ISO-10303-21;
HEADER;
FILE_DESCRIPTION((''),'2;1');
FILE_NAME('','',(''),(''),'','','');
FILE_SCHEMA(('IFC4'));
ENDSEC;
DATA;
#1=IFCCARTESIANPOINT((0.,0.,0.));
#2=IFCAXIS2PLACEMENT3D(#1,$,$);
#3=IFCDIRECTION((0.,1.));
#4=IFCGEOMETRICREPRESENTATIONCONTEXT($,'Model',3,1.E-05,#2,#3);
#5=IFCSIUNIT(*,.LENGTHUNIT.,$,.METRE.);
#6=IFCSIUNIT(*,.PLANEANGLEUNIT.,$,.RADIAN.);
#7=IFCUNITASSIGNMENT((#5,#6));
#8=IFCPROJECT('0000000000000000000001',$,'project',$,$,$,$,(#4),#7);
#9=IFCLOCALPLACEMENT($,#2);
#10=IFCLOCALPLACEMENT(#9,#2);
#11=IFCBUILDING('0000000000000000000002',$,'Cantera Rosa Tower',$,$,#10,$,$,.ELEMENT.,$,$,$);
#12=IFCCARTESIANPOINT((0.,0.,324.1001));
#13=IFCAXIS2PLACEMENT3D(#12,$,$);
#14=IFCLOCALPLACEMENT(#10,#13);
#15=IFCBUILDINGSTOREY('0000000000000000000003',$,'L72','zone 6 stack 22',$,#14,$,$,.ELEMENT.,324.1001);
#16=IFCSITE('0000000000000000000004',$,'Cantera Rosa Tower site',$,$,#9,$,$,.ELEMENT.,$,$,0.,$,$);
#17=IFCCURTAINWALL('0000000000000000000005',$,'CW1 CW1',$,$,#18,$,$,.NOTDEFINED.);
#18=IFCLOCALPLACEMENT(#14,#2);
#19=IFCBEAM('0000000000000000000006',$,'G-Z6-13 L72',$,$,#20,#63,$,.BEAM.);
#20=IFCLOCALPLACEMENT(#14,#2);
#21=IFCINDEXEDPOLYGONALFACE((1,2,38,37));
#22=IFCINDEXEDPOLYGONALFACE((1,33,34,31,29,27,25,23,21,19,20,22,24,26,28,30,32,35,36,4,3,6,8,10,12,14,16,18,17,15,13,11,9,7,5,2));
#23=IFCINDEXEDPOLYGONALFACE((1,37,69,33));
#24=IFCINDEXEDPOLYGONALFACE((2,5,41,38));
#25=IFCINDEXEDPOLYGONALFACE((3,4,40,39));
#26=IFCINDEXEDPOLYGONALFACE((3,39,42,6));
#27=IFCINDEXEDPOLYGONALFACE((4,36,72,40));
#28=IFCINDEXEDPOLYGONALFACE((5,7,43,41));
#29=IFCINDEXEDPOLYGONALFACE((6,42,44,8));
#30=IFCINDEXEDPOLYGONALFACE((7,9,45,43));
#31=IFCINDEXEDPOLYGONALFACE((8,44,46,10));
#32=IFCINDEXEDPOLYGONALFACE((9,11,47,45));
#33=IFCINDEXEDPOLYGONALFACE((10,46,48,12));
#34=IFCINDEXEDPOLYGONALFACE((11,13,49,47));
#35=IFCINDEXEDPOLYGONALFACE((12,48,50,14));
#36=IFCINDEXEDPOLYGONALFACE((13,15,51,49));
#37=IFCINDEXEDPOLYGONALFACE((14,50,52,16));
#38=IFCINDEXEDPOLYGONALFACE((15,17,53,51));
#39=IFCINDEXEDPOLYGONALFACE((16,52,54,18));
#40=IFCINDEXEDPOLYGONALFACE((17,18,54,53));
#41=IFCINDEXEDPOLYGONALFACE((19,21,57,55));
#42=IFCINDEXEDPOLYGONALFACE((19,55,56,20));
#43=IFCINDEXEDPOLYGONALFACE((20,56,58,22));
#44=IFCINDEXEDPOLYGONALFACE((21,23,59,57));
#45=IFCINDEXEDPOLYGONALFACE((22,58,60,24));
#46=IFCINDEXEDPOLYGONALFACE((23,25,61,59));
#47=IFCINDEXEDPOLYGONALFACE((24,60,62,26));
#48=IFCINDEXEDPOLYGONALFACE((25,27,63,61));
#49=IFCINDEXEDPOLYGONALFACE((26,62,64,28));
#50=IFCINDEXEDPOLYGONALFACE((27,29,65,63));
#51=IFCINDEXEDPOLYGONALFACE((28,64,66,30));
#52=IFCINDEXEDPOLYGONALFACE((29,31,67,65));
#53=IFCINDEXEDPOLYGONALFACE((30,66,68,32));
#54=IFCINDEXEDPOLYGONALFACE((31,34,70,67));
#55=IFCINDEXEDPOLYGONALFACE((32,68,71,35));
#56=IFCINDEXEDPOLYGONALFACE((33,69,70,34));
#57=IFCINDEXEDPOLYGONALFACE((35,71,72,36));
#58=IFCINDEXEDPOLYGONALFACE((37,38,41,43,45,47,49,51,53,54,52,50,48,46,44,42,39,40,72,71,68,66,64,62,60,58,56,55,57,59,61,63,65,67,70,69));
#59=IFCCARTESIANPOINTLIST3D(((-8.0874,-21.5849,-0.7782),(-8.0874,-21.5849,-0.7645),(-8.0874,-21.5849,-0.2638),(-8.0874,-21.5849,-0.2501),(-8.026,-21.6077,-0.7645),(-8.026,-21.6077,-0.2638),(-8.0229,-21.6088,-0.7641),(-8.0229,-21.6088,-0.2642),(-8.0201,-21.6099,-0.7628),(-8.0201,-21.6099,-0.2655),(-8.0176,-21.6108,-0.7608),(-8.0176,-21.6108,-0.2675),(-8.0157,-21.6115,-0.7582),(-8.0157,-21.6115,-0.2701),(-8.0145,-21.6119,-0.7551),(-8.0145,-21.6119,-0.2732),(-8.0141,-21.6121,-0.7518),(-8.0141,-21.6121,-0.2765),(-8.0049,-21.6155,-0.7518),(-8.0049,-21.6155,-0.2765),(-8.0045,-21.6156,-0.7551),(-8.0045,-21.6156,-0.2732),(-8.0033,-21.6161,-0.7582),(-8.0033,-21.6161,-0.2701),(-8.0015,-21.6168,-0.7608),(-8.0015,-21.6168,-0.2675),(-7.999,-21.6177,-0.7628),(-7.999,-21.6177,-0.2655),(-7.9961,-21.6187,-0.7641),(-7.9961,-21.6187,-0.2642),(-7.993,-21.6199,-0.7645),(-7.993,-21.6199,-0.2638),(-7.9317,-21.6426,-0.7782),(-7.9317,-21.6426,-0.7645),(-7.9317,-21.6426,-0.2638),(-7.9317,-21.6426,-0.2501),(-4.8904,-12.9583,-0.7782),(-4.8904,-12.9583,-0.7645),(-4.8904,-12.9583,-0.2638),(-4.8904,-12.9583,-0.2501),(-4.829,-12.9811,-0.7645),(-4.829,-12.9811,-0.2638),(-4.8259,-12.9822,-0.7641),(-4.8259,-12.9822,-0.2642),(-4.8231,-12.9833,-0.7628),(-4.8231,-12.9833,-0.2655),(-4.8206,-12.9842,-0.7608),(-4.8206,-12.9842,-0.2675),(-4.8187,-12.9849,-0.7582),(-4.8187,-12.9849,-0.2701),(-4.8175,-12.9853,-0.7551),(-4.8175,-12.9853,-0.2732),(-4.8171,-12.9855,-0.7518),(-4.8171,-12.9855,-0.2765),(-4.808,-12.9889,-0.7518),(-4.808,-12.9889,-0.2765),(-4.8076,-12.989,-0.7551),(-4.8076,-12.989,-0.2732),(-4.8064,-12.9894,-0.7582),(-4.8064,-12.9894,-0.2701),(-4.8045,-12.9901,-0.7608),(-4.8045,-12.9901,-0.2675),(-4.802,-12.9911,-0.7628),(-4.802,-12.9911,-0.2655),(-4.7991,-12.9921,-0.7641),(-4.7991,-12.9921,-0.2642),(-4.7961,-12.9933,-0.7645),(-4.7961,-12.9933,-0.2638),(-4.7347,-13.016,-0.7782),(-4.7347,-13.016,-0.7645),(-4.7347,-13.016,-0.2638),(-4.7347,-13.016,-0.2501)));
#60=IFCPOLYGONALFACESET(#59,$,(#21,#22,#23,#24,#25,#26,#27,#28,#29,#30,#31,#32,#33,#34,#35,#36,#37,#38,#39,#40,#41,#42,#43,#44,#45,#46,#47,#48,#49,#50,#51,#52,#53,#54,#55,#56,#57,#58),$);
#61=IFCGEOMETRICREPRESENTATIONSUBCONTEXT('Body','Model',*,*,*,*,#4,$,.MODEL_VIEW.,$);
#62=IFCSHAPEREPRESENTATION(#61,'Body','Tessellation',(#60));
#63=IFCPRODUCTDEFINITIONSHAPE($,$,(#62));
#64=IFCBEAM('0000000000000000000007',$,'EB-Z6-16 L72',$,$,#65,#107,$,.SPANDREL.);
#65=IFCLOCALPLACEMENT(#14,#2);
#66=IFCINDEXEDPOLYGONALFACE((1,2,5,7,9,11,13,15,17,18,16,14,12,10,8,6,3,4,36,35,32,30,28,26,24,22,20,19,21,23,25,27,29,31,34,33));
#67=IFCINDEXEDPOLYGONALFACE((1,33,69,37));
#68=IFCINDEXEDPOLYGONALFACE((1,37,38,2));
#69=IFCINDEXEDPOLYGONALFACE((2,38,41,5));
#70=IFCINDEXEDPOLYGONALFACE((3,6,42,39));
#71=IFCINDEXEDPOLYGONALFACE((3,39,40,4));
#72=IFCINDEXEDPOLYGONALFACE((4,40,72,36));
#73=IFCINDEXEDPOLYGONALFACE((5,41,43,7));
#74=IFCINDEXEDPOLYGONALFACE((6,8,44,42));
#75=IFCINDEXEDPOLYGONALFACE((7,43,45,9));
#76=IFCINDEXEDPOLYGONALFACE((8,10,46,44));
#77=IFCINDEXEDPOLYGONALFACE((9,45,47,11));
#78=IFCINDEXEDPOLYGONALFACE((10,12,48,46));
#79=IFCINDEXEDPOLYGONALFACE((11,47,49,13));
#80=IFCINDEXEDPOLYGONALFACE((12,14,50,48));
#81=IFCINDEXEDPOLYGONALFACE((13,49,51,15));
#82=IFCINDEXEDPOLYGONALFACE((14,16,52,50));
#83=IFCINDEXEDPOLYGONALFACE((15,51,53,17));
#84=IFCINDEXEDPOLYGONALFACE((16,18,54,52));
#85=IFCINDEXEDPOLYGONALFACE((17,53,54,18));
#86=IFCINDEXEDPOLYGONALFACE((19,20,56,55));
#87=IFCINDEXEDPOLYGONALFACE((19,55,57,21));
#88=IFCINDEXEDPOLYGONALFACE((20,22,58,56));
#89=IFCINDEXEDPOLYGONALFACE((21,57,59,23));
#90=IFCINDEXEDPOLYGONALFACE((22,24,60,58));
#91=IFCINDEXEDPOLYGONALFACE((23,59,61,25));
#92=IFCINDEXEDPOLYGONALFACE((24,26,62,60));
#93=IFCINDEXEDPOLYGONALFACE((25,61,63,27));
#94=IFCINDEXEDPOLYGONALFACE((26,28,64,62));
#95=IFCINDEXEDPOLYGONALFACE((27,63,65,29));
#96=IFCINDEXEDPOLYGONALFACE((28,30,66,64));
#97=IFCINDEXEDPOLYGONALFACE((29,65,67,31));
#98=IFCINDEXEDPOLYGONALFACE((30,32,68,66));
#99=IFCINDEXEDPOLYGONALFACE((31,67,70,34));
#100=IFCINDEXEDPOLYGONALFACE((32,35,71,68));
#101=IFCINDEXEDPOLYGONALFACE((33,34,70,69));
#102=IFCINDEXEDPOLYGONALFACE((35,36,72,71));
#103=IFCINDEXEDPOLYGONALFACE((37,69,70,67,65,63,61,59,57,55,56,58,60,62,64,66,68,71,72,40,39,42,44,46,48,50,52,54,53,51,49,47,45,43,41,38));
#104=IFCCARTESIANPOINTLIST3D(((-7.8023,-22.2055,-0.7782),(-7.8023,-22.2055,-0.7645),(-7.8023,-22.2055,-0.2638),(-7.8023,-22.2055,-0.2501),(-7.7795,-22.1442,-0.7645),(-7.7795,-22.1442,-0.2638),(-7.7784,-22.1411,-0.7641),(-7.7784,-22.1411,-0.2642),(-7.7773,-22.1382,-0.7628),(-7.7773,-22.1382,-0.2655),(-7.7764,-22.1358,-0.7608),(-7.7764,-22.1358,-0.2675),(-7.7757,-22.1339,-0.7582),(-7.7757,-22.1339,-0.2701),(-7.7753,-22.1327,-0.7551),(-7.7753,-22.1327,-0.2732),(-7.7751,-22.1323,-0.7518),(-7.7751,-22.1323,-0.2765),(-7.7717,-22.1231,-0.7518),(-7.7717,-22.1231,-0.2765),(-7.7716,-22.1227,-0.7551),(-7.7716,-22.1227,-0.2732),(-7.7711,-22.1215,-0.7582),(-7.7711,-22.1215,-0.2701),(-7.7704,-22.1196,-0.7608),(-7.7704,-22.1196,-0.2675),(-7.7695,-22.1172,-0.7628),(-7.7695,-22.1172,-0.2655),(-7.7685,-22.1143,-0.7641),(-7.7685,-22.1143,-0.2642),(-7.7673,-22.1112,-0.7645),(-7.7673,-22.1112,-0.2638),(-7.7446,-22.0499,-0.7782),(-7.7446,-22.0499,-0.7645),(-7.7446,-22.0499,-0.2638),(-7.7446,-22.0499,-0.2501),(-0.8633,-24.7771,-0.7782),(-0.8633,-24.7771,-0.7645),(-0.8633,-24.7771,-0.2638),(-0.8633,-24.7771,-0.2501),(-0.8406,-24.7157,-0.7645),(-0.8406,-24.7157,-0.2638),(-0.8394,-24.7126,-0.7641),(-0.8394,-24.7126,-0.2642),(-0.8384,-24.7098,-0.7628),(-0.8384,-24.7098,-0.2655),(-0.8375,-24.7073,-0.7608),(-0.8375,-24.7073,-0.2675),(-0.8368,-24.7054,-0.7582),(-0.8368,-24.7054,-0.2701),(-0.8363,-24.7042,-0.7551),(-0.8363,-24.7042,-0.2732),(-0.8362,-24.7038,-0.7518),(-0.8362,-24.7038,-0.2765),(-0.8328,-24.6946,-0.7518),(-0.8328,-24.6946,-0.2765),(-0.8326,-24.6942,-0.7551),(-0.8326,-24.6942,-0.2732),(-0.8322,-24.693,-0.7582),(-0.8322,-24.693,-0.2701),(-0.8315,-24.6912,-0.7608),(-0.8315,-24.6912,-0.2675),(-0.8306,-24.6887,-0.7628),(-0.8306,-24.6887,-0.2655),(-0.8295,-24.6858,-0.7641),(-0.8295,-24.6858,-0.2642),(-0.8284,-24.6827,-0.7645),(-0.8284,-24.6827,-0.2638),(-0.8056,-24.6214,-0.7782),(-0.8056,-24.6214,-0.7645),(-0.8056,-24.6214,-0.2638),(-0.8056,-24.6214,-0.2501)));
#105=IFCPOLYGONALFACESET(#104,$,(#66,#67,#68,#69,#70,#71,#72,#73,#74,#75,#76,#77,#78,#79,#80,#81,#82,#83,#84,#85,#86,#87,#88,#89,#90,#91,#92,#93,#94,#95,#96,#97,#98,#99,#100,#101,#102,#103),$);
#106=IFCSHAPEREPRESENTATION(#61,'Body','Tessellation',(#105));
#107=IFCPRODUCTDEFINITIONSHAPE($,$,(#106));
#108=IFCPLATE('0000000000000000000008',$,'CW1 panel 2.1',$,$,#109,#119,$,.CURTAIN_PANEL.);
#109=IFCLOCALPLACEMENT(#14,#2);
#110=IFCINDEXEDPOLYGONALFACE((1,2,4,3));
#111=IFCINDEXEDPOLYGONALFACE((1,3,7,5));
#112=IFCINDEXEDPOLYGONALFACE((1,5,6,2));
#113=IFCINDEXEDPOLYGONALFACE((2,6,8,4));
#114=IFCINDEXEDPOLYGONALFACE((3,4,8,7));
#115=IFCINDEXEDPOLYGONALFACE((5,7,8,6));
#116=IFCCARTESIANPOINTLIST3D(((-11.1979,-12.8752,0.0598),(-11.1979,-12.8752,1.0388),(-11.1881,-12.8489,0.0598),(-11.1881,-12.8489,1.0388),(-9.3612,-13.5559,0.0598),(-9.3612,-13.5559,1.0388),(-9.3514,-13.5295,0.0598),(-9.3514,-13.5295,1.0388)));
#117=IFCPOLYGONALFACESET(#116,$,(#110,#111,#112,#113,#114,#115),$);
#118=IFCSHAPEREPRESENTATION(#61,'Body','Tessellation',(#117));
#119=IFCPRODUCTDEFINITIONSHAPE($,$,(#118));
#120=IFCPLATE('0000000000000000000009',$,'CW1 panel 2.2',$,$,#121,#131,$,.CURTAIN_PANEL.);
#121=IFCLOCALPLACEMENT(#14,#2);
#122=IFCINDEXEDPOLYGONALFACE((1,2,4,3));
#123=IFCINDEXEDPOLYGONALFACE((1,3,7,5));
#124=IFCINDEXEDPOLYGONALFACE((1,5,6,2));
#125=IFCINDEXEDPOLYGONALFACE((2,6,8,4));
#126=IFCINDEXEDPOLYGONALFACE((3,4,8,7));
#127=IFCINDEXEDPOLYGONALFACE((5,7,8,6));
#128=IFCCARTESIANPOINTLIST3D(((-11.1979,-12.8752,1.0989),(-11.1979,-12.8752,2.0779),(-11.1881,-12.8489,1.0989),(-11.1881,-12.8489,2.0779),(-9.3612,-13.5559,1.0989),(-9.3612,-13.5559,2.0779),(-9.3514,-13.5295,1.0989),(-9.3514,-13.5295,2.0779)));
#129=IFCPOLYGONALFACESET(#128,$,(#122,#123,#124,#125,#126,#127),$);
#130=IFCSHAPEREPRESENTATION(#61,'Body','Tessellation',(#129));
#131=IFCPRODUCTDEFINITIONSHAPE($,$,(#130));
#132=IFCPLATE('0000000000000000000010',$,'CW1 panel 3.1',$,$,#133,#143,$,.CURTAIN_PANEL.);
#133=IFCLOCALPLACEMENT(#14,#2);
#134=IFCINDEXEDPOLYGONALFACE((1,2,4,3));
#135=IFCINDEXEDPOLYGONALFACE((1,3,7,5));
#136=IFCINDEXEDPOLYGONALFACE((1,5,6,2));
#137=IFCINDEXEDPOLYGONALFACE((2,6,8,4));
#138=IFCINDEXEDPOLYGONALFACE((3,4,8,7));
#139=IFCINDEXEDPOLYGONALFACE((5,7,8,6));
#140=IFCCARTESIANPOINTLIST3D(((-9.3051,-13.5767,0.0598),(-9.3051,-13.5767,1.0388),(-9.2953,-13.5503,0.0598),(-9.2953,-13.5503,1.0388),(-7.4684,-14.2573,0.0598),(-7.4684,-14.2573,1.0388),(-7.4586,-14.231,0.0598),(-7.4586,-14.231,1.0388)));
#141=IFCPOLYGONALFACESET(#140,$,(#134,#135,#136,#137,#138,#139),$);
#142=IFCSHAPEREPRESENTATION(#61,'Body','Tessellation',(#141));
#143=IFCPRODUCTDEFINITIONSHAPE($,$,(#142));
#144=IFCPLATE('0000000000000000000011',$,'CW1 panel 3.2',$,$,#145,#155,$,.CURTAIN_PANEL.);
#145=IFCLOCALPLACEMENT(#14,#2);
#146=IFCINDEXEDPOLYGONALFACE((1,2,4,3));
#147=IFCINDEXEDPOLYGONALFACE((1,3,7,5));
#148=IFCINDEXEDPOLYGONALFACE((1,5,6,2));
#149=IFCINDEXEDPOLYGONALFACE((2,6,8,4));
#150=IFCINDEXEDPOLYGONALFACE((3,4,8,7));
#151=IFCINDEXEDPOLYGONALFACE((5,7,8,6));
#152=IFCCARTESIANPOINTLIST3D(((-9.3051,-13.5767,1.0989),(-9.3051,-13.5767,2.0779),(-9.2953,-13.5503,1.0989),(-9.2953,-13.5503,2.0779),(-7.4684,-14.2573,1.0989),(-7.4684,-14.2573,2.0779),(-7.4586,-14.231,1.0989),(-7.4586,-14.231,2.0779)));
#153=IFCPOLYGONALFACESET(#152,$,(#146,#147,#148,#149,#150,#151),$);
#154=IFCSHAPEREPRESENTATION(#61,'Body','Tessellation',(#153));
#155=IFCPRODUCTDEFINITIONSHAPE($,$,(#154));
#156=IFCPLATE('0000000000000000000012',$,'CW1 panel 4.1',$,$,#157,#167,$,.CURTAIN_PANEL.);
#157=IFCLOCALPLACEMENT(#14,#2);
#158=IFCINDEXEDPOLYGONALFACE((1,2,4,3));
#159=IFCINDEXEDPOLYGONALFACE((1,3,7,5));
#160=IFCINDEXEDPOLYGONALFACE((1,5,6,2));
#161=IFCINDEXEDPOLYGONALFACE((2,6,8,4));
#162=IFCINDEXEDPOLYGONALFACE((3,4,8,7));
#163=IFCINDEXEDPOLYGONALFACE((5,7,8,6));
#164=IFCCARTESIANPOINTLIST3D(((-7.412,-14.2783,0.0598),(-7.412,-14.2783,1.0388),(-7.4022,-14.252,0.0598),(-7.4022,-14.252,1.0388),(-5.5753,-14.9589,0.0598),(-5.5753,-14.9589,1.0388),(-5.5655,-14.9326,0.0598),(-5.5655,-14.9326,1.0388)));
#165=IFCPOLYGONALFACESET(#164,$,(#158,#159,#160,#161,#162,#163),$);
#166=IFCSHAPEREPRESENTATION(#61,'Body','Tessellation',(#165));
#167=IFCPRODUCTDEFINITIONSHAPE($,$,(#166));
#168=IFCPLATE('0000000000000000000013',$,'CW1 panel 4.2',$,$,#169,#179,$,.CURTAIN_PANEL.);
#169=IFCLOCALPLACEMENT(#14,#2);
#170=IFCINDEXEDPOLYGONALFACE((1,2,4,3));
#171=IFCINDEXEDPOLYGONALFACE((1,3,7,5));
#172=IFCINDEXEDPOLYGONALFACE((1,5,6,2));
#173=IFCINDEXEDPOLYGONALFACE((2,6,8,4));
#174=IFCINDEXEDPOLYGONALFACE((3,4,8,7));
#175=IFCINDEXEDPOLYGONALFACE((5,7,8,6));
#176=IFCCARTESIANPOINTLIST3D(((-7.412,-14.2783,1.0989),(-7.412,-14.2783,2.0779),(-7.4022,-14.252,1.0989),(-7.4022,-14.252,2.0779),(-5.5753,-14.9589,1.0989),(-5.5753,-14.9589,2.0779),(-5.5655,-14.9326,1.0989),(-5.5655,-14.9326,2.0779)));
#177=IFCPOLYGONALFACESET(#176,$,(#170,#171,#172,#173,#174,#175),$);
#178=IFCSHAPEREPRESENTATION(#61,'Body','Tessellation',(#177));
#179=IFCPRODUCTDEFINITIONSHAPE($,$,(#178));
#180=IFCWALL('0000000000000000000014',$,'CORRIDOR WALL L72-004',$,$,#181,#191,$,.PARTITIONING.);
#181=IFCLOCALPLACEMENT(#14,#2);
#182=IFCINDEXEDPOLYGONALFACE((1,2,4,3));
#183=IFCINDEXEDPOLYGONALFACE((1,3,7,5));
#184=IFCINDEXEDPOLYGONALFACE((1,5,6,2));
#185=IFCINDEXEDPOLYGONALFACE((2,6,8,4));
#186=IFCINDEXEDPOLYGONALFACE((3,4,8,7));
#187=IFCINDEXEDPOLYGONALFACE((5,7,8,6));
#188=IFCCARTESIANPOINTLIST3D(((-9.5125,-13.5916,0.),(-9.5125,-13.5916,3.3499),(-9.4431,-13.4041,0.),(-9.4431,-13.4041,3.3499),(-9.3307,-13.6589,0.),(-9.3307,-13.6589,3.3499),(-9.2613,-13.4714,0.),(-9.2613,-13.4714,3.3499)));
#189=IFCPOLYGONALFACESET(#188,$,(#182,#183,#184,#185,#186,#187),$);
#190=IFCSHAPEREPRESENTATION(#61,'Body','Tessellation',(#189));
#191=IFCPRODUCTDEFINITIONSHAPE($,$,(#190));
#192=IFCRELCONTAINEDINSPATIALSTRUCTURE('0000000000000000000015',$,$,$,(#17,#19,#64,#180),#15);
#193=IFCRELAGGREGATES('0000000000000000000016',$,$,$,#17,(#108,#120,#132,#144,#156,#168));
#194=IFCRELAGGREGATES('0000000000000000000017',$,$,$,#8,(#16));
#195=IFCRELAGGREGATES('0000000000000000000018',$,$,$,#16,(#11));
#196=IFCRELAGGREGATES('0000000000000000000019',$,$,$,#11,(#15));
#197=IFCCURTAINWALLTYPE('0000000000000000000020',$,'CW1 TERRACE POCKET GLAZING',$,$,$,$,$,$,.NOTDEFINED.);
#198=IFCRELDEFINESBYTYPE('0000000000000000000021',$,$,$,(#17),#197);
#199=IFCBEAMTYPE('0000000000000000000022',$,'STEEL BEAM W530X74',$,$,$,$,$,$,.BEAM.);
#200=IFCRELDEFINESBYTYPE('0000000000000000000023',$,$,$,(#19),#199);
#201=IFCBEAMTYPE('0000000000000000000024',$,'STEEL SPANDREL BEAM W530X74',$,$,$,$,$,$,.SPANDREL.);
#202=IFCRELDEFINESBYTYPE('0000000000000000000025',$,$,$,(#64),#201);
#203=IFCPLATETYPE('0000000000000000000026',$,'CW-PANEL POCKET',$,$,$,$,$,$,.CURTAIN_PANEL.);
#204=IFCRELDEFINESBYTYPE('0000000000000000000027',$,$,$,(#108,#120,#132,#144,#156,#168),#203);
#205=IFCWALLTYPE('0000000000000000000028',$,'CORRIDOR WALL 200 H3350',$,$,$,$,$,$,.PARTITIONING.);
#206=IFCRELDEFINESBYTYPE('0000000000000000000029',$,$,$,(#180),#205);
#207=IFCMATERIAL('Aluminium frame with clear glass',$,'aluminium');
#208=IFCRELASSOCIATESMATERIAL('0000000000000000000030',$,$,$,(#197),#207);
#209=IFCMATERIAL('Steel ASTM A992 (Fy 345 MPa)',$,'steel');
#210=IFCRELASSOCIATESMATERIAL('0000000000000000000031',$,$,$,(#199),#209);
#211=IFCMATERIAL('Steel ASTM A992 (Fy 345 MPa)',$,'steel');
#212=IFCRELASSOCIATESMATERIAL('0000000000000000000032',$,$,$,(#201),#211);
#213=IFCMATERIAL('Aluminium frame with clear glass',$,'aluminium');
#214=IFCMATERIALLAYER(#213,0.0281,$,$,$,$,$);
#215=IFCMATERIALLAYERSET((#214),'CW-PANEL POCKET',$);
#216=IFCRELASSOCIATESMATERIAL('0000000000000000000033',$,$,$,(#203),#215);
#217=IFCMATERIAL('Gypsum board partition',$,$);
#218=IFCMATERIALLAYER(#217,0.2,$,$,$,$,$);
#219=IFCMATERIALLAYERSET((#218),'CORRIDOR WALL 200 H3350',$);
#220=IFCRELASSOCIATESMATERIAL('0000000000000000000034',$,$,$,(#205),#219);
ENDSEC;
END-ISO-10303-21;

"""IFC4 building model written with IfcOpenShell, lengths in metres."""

from ifc_helpers import new_model, si_unit, direction, frame, frame_2d, origin, origin_2d, place, context, subcontext, project, spatial, rectangle, i_section, extrude, material, layer, layer_set, material_profile, profile_set, type_object, element, aggregate, save


model = new_model("IFC4")

# Units and contexts
model_context = context("Model", 3, precision=1e-05, world=origin(), true_north=direction((0.0, 1.0)))
body_context = subcontext(model_context, "Body", "Model", "MODEL_VIEW")
ifc_project = project(units=[si_unit("LENGTHUNIT", "METRE"), si_unit("PLANEANGLEUNIT", "RADIAN")], contexts=[model_context])

# Site, building, storey
site_placement = place(None, origin())
site = spatial("IfcSite", under=ifc_project, at=site_placement, Name="Cantera Rosa Tower site", CompositionType="ELEMENT", RefElevation=0.0)
building_placement = place(site_placement, origin())
building = spatial("IfcBuilding", under=site, at=building_placement, Name="Cantera Rosa Tower", CompositionType="ELEMENT")
storey_placement = place(building_placement, frame((0.0, 0.0, 324.1001)))
storey = spatial("IfcBuildingStorey", under=building, at=storey_placement, Name="L72", Description="zone 6 stack 22", CompositionType="ELEMENT", Elevation=324.1001)

# Curtain wall
ifc_material_1 = material(Name="Aluminium frame with clear glass", Category="aluminium")
curtain_wall_type = type_object("IfcCurtainWallType", Name="CW1 TERRACE POCKET GLAZING", PredefinedType="NOTDEFINED", material=ifc_material_1)
curtain_wall_placement = place(storey_placement, origin())
curtain_wall = element("IfcCurtainWall", 1, at=curtain_wall_placement, inside=storey, type_object=curtain_wall_type, Name="CW1 CW1", PredefinedType="NOTDEFINED")

# Beams
ifc_material_2 = material(Name="Steel ASTM A992 (Fy 345 MPa)", Category="steel")
ifc_material_profile_1 = material_profile(ifc_material_2, i_section(OverallWidth=0.166, OverallDepth=0.5281, WebThickness=0.0098, FlangeThickness=0.0137, FilletRadius=0.0127, at=origin_2d()), Name="W530X74")
ifc_profile_set_1 = profile_set([ifc_material_profile_1], Name="Steel ASTM A992 (Fy 345 MPa)")
beam_type_1 = type_object("IfcBeamType", Name="STEEL BEAM W530X74", PredefinedType="BEAM", material=ifc_profile_set_1)
beam_1_placement = place(storey_placement, frame((-8.0095, -21.6138, -0.5142), z_axis=(0.3475, 0.93768, 0.0), x_axis=(-0.93768, 0.3475, 0.0)))
element("IfcBeam", 2, at=beam_1_placement, inside=storey, type_object=beam_type_1, Name="G-Z6-13 L72", PredefinedType="BEAM", context=body_context, shape_type="SweptSolid", body=[
    extrude(i_section(OverallWidth=0.166, OverallDepth=0.5281, WebThickness=0.0098, FlangeThickness=0.0137, FilletRadius=0.0127, at=origin_2d()), origin(), (0.0, 0.0, 1.0), 9.2),
])
ifc_material_3 = material(Name="Steel ASTM A992 (Fy 345 MPa)", Category="steel")
ifc_material_profile_2 = material_profile(ifc_material_3, i_section(OverallWidth=0.166, OverallDepth=0.5281, WebThickness=0.0098, FlangeThickness=0.0137, FilletRadius=0.0127, at=origin_2d()), Name="W530X74")
ifc_profile_set_2 = profile_set([ifc_material_profile_2], Name="Steel ASTM A992 (Fy 345 MPa)")
beam_type_2 = type_object("IfcBeamType", Name="STEEL SPANDREL BEAM W530X74", PredefinedType="SPANDREL", material=ifc_profile_set_2)
beam_2_placement = place(storey_placement, frame((-7.7734, -22.1277, -0.5142), z_axis=(0.937681, -0.347498, 0.0), x_axis=(0.347498, 0.937681, 0.0)))
element("IfcBeam", 3, at=beam_2_placement, inside=storey, type_object=beam_type_2, Name="EB-Z6-16 L72", PredefinedType="SPANDREL", context=body_context, shape_type="SweptSolid", body=[
    extrude(i_section(OverallWidth=0.166, OverallDepth=0.5281, WebThickness=0.0098, FlangeThickness=0.0137, FilletRadius=0.0127, at=origin_2d()), origin(), (0.0, 0.0, 1.0), 7.4001),
])

# Plates
ifc_material_4 = material(Name="Aluminium frame with clear glass", Category="aluminium")
ifc_layer_1 = layer(ifc_material_4, 0.0281)
ifc_layer_set_1 = layer_set([ifc_layer_1], Name="CW-PANEL POCKET")
plate_type = type_object("IfcPlateType", Name="CW-PANEL POCKET", PredefinedType="CURTAIN_PANEL", material=ifc_layer_set_1)
plate_1_placement = place(storey_placement, frame((-10.2747, -13.2024, 0.0598), z_axis=(0.0, 0.0, 1.0), x_axis=(0.937687, -0.347481, 0.0)))
plate_1 = element("IfcPlate", 4, at=plate_1_placement, type_object=plate_type, Name="CW1 panel 2.1", PredefinedType="CURTAIN_PANEL", context=body_context, shape_type="SweptSolid", body=[
    extrude(rectangle(XDim=1.9587, YDim=0.0281, at=origin_2d()), origin(), (0.0, 0.0, 1.0), 0.979),
])
plate_2_placement = place(storey_placement, frame((-10.2747, -13.2024, 1.0989), z_axis=(0.0, 0.0, 1.0), x_axis=(0.937687, -0.347481, 0.0)))
plate_2 = element("IfcPlate", 5, at=plate_2_placement, type_object=plate_type, Name="CW1 panel 2.2", PredefinedType="CURTAIN_PANEL", context=body_context, shape_type="SweptSolid", body=[
    extrude(rectangle(XDim=1.9587, YDim=0.0281, at=origin_2d()), origin(), (0.0, 0.0, 1.0), 0.979),
])
plate_3_placement = place(storey_placement, frame((-8.3818, -13.9038, 0.0598), z_axis=(0.0, 0.0, 1.0), x_axis=(0.937687, -0.347481, 0.0)))
plate_3 = element("IfcPlate", 6, at=plate_3_placement, type_object=plate_type, Name="CW1 panel 3.1", PredefinedType="CURTAIN_PANEL", context=body_context, shape_type="SweptSolid", body=[
    extrude(rectangle(XDim=1.9587, YDim=0.0281, at=origin_2d()), origin(), (0.0, 0.0, 1.0), 0.979),
])
plate_4_placement = place(storey_placement, frame((-8.3818, -13.9038, 1.0989), z_axis=(0.0, 0.0, 1.0), x_axis=(0.937687, -0.347481, 0.0)))
plate_4 = element("IfcPlate", 7, at=plate_4_placement, type_object=plate_type, Name="CW1 panel 3.2", PredefinedType="CURTAIN_PANEL", context=body_context, shape_type="SweptSolid", body=[
    extrude(rectangle(XDim=1.9587, YDim=0.0281, at=origin_2d()), origin(), (0.0, 0.0, 1.0), 0.979),
])
plate_5_placement = place(storey_placement, frame((-6.4888, -14.6055, 0.0598), z_axis=(0.0, 0.0, 1.0), x_axis=(0.937687, -0.347481, 0.0)))
plate_5 = element("IfcPlate", 8, at=plate_5_placement, type_object=plate_type, Name="CW1 panel 4.1", PredefinedType="CURTAIN_PANEL", context=body_context, shape_type="SweptSolid", body=[
    extrude(rectangle(XDim=1.9587, YDim=0.0281, at=origin_2d()), origin(), (0.0, 0.0, 1.0), 0.979),
])
plate_6_placement = place(storey_placement, frame((-6.4888, -14.6055, 1.0989), z_axis=(0.0, 0.0, 1.0), x_axis=(0.937687, -0.347481, 0.0)))
plate_6 = element("IfcPlate", 9, at=plate_6_placement, type_object=plate_type, Name="CW1 panel 4.2", PredefinedType="CURTAIN_PANEL", context=body_context, shape_type="SweptSolid", body=[
    extrude(rectangle(XDim=1.9587, YDim=0.0281, at=origin_2d()), origin(), (0.0, 0.0, 1.0), 0.979),
])
aggregate(curtain_wall, [plate_1, plate_2, plate_3, plate_4, plate_5, plate_6])

# Wall
ifc_material_5 = material(Name="Gypsum board partition")
ifc_layer_2 = layer(ifc_material_5, 0.2)
ifc_layer_set_2 = layer_set([ifc_layer_2], Name="CORRIDOR WALL 200 H3350")
wall_type_1 = type_object("IfcWallType", Name="CORRIDOR WALL 200 H3350", PredefinedType="PARTITIONING", material=ifc_layer_set_2)
wall_1_placement = place(storey_placement, frame((-9.4778, -13.4978, 0.0), z_axis=(0.0, 0.0, 1.0), x_axis=(0.937718, -0.347396, 0.0)))
element("IfcWall", 10, at=wall_1_placement, inside=storey, type_object=wall_type_1, Name="CORRIDOR WALL L72-004", PredefinedType="PARTITIONING", context=body_context, shape_type="SweptSolid", body=[
    extrude(rectangle(XDim=0.1938, YDim=0.2, at=frame_2d((0.0969, 0.0))), origin(), (0.0, 0.0, 1.0), 3.3499),
])

save(model, "model.ifc")
